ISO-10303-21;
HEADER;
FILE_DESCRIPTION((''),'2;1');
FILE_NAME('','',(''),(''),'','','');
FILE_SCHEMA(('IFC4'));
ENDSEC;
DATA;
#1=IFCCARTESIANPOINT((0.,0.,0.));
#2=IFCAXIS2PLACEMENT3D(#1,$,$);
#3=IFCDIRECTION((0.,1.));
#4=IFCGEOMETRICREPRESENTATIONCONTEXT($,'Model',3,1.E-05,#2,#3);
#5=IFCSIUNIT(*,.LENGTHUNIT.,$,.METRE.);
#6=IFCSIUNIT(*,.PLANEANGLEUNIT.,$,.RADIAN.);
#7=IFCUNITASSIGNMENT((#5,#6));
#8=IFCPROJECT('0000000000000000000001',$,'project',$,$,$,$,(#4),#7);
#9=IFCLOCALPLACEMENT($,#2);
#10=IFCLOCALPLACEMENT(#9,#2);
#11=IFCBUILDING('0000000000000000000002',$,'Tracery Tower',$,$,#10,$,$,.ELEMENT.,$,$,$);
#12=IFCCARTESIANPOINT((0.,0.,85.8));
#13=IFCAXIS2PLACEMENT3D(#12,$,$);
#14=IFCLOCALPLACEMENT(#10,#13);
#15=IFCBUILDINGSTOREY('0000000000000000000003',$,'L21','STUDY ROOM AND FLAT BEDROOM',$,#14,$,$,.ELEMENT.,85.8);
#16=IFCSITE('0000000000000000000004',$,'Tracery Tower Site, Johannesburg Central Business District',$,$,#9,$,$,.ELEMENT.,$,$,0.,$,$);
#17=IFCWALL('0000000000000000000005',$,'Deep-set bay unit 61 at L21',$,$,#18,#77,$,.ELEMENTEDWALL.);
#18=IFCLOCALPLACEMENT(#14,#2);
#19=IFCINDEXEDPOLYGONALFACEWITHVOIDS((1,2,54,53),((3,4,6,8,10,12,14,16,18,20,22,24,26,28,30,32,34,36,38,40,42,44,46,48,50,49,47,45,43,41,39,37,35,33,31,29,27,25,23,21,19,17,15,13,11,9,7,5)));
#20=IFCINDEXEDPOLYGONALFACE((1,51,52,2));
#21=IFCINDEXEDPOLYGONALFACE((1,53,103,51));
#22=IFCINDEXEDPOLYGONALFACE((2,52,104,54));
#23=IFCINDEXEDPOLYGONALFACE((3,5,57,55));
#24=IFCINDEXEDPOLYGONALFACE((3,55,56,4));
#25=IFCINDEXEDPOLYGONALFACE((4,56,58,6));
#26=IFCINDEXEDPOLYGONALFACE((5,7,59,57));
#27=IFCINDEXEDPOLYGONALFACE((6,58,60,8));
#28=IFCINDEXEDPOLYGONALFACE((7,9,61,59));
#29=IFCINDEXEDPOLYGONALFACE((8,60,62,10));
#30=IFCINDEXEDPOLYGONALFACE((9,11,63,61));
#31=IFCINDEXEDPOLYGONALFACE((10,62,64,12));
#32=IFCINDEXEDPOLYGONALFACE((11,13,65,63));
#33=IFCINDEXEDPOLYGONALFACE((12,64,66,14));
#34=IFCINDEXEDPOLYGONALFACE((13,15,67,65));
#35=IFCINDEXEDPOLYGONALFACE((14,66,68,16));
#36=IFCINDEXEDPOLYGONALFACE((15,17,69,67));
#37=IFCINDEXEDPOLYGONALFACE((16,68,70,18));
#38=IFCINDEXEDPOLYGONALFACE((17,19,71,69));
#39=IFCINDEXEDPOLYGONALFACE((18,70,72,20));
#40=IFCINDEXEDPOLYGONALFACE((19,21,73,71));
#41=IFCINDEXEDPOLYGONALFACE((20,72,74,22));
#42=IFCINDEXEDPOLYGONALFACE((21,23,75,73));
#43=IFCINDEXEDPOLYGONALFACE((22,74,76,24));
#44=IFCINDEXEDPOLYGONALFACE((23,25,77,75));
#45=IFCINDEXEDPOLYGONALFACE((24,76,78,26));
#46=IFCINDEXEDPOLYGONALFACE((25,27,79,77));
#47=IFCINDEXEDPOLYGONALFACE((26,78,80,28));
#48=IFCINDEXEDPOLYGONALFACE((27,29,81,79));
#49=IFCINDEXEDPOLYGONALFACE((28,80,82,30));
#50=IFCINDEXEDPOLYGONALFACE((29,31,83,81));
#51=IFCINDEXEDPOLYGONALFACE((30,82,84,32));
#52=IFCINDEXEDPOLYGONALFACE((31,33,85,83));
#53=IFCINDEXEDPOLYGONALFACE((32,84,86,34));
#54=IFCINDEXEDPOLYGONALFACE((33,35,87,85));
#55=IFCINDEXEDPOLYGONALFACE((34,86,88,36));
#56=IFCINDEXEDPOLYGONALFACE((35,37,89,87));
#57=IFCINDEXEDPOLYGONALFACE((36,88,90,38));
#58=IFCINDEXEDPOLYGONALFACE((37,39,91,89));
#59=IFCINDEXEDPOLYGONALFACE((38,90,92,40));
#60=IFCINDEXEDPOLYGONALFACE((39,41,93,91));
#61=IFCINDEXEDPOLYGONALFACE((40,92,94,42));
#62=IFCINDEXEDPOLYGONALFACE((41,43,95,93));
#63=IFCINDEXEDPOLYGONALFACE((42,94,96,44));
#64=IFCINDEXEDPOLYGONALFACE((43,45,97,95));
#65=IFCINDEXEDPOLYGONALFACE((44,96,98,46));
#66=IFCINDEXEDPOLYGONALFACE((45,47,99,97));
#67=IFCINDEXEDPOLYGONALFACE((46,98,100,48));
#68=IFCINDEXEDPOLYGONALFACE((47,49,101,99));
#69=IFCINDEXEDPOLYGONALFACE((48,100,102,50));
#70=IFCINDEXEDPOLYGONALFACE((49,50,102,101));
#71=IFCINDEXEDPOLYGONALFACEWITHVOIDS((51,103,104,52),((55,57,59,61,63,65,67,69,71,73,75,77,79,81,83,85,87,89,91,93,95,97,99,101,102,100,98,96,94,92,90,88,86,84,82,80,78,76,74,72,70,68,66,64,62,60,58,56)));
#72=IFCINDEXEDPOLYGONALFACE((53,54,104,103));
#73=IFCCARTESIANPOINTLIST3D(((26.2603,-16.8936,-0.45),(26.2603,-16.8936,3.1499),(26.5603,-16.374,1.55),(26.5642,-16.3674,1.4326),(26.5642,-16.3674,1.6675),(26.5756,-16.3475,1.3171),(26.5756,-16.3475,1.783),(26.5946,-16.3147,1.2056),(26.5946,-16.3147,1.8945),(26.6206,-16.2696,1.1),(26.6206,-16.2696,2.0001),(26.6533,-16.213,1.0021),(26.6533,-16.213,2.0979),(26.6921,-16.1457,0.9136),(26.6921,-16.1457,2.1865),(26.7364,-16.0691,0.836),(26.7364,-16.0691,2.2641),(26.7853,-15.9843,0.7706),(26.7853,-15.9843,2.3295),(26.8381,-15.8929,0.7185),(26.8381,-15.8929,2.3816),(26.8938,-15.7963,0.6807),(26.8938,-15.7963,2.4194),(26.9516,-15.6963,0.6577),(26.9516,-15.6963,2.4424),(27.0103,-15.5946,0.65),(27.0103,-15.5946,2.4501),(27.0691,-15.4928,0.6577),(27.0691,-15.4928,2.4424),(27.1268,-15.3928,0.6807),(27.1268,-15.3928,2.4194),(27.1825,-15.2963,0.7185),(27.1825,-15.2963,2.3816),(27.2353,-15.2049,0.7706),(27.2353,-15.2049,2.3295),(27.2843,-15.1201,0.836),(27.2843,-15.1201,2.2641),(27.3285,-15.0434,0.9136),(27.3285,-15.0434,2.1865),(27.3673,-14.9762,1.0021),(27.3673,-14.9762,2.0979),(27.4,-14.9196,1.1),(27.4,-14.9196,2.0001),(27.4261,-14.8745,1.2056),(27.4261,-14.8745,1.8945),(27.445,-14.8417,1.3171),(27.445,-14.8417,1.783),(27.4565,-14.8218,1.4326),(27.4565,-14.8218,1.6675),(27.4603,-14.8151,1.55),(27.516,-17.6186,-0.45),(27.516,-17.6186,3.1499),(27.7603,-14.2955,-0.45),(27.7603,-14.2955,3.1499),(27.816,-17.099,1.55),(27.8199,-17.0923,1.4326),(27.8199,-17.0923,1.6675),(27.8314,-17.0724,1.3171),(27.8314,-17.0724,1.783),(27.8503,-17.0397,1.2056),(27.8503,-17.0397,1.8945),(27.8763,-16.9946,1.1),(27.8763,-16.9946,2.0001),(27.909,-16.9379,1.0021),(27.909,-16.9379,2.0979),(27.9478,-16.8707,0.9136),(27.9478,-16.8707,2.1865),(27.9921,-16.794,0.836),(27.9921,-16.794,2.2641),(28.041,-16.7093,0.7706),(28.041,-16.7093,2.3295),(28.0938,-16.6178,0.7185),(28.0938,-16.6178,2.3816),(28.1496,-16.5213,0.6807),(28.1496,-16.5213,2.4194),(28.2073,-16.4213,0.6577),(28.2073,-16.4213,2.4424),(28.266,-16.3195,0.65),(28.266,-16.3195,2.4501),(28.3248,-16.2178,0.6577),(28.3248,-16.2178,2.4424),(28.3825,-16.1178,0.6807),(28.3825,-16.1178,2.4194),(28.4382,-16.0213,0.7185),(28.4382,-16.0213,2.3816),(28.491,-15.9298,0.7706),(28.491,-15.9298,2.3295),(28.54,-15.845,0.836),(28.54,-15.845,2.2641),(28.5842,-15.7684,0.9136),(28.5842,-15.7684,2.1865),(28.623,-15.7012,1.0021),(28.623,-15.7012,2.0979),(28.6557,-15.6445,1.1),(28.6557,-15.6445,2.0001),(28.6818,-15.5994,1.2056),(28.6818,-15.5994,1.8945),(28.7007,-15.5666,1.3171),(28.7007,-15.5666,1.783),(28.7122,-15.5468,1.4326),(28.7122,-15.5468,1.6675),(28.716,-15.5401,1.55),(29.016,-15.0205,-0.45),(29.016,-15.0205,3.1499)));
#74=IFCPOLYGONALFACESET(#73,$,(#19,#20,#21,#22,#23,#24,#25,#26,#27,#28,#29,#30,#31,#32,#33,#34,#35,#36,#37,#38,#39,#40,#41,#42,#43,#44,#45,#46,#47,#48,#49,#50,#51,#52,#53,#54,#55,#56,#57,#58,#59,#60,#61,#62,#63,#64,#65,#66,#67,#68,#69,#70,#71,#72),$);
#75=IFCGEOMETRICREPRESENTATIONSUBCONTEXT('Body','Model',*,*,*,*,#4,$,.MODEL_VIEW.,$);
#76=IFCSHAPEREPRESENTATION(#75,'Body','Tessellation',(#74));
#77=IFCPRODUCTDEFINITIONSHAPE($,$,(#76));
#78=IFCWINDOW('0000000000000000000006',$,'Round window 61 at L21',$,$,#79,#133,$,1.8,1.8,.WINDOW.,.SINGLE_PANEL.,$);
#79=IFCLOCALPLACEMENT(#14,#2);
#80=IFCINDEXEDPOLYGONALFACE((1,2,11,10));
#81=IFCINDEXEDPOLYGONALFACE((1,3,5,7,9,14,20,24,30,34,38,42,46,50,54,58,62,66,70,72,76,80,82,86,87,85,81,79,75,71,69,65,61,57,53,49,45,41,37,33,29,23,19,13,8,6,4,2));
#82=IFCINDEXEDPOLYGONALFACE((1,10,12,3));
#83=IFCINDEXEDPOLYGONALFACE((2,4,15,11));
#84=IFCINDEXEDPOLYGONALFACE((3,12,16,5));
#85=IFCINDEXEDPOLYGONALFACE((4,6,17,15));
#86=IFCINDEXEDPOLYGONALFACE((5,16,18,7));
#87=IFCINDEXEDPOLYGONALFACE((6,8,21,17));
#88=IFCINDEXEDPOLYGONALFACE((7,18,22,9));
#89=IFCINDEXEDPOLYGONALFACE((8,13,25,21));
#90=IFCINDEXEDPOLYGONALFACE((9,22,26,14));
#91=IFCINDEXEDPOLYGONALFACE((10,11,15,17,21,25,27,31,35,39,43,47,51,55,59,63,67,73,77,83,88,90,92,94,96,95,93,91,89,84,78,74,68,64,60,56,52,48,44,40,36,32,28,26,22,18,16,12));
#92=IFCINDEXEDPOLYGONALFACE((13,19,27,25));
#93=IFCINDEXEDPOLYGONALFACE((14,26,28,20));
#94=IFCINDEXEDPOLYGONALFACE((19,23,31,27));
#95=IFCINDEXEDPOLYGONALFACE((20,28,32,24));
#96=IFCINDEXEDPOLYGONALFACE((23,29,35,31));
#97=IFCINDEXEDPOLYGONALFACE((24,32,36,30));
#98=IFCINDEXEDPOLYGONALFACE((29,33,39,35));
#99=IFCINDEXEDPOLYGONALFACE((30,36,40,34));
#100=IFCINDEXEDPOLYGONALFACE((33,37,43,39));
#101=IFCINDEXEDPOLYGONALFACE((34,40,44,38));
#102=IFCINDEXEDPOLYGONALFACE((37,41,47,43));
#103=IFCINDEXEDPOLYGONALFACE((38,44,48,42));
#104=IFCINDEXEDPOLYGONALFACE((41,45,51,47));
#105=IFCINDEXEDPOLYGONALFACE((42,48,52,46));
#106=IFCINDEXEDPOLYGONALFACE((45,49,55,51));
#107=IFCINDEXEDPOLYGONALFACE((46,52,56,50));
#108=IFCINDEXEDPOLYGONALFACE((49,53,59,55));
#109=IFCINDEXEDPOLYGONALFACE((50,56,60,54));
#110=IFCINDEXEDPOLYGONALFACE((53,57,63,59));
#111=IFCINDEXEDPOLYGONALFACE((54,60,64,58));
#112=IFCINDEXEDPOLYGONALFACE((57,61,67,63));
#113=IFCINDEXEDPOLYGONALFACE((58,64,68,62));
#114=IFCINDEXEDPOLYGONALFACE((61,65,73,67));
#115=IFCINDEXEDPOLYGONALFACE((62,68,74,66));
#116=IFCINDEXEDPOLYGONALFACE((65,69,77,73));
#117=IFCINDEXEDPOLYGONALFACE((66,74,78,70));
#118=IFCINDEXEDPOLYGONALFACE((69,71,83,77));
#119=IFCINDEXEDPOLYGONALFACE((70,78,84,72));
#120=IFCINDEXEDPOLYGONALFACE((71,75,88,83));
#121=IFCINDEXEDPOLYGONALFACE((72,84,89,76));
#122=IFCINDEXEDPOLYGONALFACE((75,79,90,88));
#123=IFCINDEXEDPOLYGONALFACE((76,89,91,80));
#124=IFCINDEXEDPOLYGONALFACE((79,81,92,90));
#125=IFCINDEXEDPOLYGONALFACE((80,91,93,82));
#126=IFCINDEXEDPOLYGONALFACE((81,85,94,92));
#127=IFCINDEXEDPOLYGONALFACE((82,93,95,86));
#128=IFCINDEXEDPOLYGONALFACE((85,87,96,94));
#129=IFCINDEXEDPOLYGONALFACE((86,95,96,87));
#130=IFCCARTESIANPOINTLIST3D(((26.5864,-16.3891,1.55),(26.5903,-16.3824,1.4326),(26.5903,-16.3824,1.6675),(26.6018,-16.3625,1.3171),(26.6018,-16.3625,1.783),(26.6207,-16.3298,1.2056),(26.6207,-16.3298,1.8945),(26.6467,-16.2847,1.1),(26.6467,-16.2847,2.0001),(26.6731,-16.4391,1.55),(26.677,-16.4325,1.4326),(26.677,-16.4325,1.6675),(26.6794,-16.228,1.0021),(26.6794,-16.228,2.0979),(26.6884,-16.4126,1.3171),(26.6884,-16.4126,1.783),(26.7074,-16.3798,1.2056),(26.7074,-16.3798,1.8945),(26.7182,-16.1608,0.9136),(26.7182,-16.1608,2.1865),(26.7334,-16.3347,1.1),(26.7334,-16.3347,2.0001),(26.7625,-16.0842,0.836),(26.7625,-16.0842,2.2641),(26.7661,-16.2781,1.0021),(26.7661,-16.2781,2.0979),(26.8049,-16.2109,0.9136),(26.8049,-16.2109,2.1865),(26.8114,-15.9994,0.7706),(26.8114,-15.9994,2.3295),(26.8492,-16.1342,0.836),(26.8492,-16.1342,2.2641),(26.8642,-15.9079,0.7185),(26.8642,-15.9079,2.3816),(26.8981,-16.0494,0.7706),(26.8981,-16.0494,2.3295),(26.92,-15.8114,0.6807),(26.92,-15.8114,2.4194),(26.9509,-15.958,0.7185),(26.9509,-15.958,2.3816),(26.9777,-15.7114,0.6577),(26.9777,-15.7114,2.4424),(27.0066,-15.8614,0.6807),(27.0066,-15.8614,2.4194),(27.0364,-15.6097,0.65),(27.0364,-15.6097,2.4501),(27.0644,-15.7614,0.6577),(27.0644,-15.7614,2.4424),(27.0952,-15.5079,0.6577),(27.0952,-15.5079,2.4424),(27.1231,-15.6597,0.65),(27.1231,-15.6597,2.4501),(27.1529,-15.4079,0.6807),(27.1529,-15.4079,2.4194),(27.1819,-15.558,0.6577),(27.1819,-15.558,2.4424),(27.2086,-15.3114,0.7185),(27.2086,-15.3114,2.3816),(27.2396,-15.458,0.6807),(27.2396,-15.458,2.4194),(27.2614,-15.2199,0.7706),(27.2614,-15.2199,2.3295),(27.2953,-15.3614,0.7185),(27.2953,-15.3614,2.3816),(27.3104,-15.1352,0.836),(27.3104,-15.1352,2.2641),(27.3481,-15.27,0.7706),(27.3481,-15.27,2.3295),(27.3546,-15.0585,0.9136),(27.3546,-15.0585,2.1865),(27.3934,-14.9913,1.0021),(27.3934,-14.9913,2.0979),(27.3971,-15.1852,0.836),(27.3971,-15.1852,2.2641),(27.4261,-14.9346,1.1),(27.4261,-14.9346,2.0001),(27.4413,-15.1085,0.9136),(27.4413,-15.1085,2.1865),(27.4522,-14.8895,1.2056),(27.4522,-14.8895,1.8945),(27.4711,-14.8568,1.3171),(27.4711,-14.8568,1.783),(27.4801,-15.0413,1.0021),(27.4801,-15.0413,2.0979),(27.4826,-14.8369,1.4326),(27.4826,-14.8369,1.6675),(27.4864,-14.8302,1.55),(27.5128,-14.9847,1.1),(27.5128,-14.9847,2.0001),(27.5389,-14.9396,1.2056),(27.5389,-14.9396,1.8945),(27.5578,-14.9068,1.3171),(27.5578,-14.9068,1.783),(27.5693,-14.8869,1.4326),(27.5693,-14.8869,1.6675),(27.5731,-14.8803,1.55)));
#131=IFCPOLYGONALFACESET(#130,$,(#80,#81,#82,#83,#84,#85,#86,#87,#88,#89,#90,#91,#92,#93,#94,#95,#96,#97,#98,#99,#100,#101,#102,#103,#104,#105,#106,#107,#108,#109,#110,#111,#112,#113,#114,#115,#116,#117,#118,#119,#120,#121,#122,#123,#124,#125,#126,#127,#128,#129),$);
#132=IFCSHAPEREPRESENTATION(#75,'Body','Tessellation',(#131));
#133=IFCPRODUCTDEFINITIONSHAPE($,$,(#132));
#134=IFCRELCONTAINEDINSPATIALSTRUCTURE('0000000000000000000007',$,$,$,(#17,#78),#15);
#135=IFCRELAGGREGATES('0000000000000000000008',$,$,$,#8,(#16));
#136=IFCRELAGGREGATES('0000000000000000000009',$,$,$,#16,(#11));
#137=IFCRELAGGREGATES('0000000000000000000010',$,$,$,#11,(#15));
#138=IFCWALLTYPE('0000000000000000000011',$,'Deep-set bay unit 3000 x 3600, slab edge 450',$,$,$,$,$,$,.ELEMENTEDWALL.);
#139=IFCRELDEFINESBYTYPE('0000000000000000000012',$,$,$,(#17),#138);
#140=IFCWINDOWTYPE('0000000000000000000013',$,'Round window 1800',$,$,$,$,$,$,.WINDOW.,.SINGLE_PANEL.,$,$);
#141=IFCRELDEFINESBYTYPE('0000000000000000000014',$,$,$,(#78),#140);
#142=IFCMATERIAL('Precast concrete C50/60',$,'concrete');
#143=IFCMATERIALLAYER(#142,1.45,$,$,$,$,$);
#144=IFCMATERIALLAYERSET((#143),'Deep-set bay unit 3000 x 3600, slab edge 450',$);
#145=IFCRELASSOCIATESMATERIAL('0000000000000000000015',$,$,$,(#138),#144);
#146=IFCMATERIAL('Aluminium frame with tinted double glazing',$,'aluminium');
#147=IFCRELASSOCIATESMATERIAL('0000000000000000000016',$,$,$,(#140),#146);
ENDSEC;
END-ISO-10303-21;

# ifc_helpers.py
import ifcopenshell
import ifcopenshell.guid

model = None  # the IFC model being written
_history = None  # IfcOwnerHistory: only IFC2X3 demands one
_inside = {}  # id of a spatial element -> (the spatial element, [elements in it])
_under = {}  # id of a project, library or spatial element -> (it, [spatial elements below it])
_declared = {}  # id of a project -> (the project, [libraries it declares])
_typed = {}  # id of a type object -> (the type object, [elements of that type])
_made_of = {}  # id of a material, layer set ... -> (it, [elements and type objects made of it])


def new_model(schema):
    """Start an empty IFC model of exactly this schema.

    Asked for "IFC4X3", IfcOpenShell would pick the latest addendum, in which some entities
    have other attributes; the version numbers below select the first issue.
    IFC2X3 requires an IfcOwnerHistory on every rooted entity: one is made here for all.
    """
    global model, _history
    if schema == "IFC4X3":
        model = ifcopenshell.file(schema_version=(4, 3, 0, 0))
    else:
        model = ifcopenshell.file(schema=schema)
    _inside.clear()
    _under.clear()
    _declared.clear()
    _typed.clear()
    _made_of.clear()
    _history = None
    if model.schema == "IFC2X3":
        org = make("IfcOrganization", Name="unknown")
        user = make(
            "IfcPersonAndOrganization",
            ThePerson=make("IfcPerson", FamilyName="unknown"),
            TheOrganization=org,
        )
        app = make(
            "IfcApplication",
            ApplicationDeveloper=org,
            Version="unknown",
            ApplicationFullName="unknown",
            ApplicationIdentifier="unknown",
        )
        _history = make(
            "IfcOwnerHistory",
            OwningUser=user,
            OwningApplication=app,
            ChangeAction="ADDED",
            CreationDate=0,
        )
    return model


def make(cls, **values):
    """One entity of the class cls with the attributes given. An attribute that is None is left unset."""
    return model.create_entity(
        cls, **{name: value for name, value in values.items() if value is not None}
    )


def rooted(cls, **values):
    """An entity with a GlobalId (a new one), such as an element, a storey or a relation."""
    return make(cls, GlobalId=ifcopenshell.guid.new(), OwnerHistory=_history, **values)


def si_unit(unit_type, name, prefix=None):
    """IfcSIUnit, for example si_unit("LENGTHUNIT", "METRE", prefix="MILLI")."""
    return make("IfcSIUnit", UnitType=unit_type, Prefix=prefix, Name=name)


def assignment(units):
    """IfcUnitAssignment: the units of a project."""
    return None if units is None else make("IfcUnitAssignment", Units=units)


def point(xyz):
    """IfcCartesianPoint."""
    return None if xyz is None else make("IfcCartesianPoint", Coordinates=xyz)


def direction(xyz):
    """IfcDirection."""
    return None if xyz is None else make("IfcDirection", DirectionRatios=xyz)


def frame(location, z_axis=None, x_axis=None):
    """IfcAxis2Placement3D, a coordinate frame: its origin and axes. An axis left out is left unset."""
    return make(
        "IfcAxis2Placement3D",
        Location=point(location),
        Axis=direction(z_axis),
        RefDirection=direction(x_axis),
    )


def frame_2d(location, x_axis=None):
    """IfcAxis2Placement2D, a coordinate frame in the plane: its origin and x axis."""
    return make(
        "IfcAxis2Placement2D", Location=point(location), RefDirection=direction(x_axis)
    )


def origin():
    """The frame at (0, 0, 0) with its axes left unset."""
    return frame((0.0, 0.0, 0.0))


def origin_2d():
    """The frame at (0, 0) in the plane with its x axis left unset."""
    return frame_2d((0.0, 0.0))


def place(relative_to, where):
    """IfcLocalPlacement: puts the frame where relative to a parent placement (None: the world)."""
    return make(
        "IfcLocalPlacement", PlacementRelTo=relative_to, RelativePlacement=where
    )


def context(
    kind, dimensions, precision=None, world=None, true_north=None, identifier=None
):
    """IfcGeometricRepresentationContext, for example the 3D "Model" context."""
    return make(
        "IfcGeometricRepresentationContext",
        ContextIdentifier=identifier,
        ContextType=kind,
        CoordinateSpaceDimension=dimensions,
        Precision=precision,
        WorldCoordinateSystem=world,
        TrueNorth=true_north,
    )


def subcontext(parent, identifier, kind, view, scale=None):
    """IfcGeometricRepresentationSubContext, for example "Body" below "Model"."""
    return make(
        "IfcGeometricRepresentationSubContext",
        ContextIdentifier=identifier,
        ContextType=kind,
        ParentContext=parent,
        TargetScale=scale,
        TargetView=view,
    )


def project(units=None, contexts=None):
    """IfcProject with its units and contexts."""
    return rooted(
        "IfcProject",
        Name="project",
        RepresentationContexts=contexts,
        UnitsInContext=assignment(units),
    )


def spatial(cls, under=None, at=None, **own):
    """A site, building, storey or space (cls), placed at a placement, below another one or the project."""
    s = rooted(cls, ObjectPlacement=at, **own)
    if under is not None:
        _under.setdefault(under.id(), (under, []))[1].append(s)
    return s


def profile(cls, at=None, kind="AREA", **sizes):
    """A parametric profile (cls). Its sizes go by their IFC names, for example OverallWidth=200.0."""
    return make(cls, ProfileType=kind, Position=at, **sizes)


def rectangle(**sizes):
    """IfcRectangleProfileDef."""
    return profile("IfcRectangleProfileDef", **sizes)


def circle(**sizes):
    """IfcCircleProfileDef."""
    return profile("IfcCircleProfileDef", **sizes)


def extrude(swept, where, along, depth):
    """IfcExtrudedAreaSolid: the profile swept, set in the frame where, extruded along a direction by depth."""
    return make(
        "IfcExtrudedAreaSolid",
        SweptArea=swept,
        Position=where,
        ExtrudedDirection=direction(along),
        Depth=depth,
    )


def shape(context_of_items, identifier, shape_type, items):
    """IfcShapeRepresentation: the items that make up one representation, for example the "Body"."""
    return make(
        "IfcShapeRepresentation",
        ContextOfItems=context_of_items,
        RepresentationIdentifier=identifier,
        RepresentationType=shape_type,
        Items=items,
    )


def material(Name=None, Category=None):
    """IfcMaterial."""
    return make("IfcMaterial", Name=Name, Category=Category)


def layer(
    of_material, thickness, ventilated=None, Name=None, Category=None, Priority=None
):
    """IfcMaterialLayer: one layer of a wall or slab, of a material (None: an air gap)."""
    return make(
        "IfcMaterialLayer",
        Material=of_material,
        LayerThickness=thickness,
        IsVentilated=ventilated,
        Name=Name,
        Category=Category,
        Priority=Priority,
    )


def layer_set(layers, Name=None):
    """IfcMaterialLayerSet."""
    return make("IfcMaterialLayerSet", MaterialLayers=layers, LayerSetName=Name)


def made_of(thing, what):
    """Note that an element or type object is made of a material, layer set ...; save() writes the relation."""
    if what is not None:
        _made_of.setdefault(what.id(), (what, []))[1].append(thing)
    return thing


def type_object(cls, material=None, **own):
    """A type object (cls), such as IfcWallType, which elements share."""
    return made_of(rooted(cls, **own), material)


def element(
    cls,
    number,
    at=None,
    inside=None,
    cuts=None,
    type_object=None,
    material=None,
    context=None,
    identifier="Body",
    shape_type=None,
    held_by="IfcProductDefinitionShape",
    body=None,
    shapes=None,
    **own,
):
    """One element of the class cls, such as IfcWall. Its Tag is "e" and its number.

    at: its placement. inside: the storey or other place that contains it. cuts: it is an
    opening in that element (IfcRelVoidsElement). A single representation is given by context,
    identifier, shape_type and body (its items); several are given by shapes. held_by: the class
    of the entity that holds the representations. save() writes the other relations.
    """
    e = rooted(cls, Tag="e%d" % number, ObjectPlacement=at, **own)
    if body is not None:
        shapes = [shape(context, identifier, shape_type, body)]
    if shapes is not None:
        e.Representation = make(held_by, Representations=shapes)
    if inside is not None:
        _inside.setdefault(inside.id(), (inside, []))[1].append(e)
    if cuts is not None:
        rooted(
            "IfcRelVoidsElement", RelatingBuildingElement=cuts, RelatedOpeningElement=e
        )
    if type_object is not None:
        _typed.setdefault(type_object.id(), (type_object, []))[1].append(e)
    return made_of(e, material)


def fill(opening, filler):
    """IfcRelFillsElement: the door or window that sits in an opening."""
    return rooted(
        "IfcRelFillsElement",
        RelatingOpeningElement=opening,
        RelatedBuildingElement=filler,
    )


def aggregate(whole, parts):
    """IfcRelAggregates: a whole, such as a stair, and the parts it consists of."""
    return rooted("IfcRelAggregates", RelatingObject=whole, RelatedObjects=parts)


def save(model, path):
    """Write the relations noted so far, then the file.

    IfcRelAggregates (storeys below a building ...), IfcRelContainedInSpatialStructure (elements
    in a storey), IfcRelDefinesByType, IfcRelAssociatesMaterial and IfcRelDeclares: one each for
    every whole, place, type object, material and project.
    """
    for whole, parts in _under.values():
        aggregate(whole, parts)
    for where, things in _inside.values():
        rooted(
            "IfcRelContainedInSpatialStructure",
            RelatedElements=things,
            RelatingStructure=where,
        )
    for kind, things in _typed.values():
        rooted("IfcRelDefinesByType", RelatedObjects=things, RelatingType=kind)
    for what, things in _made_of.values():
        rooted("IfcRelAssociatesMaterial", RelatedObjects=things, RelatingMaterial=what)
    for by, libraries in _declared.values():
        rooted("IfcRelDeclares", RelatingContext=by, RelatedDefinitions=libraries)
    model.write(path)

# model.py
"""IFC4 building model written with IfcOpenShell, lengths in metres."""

from ifc_helpers import new_model, si_unit, direction, frame, frame_2d, origin, origin_2d, place, context, subcontext, project, spatial, rectangle, circle, extrude, material, layer, layer_set, type_object, element, fill, save


model = new_model("IFC4")

# Units and contexts
model_context = context("Model", 3, precision=1e-05, world=origin(), true_north=direction((0.0, 1.0)))
body_context = subcontext(model_context, "Body", "Model", "MODEL_VIEW")
ifc_project = project(units=[si_unit("LENGTHUNIT", "METRE"), si_unit("PLANEANGLEUNIT", "RADIAN")], contexts=[model_context])

# Site, building, storey
site_placement = place(None, origin())
site = spatial("IfcSite", under=ifc_project, at=site_placement, Name="Tracery Tower Site, Johannesburg Central Business District", CompositionType="ELEMENT", RefElevation=0.0)
building_placement = place(site_placement, origin())
building = spatial("IfcBuilding", under=site, at=building_placement, Name="Tracery Tower", CompositionType="ELEMENT")
storey_placement = place(building_placement, frame((0.0, 0.0, 85.8)))
storey = spatial("IfcBuildingStorey", under=building, at=storey_placement, Name="L21", Description="STUDY ROOM AND FLAT BEDROOM", CompositionType="ELEMENT", Elevation=85.8)

# Wall, opening, window
ifc_material_1 = material(Name="Precast concrete C50/60", Category="concrete")
ifc_layer_1 = layer(ifc_material_1, 1.45)
ifc_layer_set_1 = layer_set([ifc_layer_1], Name="Deep-set bay unit 3000 x 3600, slab edge 450")
wall_type_1 = type_object("IfcWallType", Name="Deep-set bay unit 3000 x 3600, slab edge 450", PredefinedType="ELEMENTEDWALL", material=ifc_layer_set_1)
ifc_material_2 = material(Name="Aluminium frame with tinted double glazing", Category="aluminium")
window_type = type_object("IfcWindowType", Name="Round window 1800", PartitioningType="SINGLE_PANEL", PredefinedType="WINDOW", material=ifc_material_2)
wall_1_placement = place(storey_placement, frame((26.8882, -17.2561, -0.45), z_axis=(0.0, 0.0, 1.0), x_axis=(0.49999, 0.866031, 0.0)))
wall_1 = element("IfcWall", 1, at=wall_1_placement, inside=storey, type_object=wall_type_1, Name="Deep-set bay unit 61 at L21", PredefinedType="ELEMENTEDWALL", context=body_context, shape_type="SweptSolid", body=[
    extrude(rectangle(XDim=3.0, YDim=1.45, at=frame_2d((1.5, 0.0))), origin(), (0.0, 0.0, 1.0), 3.5999),
])
opening_1_placement = place(wall_1_placement, frame((1.5, 0.0, 2.0)))
opening_1 = element("IfcOpeningElement", 2, at=opening_1_placement, cuts=wall_1, PredefinedType="OPENING", context=body_context, shape_type="SweptSolid", body=[
    extrude(circle(Radius=0.9, at=origin_2d()), frame((0.0, 0.7349, 0.0), z_axis=(0.0, -1.0, 0.0), x_axis=(1.0, 0.0, 0.0)), (0.0, 0.0, 1.0), 1.47),
])
window_1_placement = place(opening_1_placement, origin())
window_1 = element("IfcWindow", 3, at=window_1_placement, inside=storey, type_object=window_type, Name="Round window 61 at L21", OverallHeight=1.8, OverallWidth=1.8, PartitioningType="SINGLE_PANEL", PredefinedType="WINDOW", context=body_context, shape_type="SweptSolid", body=[
    extrude(circle(Radius=0.9, at=origin_2d()), frame((0.0, 0.6948, 0.0), z_axis=(0.0, -1.0, 0.0), x_axis=(1.0, 0.0, 0.0)), (0.0, 0.0, 1.0), 0.1001),
])
fill(opening_1, window_1)

save(model, "model.ifc")
